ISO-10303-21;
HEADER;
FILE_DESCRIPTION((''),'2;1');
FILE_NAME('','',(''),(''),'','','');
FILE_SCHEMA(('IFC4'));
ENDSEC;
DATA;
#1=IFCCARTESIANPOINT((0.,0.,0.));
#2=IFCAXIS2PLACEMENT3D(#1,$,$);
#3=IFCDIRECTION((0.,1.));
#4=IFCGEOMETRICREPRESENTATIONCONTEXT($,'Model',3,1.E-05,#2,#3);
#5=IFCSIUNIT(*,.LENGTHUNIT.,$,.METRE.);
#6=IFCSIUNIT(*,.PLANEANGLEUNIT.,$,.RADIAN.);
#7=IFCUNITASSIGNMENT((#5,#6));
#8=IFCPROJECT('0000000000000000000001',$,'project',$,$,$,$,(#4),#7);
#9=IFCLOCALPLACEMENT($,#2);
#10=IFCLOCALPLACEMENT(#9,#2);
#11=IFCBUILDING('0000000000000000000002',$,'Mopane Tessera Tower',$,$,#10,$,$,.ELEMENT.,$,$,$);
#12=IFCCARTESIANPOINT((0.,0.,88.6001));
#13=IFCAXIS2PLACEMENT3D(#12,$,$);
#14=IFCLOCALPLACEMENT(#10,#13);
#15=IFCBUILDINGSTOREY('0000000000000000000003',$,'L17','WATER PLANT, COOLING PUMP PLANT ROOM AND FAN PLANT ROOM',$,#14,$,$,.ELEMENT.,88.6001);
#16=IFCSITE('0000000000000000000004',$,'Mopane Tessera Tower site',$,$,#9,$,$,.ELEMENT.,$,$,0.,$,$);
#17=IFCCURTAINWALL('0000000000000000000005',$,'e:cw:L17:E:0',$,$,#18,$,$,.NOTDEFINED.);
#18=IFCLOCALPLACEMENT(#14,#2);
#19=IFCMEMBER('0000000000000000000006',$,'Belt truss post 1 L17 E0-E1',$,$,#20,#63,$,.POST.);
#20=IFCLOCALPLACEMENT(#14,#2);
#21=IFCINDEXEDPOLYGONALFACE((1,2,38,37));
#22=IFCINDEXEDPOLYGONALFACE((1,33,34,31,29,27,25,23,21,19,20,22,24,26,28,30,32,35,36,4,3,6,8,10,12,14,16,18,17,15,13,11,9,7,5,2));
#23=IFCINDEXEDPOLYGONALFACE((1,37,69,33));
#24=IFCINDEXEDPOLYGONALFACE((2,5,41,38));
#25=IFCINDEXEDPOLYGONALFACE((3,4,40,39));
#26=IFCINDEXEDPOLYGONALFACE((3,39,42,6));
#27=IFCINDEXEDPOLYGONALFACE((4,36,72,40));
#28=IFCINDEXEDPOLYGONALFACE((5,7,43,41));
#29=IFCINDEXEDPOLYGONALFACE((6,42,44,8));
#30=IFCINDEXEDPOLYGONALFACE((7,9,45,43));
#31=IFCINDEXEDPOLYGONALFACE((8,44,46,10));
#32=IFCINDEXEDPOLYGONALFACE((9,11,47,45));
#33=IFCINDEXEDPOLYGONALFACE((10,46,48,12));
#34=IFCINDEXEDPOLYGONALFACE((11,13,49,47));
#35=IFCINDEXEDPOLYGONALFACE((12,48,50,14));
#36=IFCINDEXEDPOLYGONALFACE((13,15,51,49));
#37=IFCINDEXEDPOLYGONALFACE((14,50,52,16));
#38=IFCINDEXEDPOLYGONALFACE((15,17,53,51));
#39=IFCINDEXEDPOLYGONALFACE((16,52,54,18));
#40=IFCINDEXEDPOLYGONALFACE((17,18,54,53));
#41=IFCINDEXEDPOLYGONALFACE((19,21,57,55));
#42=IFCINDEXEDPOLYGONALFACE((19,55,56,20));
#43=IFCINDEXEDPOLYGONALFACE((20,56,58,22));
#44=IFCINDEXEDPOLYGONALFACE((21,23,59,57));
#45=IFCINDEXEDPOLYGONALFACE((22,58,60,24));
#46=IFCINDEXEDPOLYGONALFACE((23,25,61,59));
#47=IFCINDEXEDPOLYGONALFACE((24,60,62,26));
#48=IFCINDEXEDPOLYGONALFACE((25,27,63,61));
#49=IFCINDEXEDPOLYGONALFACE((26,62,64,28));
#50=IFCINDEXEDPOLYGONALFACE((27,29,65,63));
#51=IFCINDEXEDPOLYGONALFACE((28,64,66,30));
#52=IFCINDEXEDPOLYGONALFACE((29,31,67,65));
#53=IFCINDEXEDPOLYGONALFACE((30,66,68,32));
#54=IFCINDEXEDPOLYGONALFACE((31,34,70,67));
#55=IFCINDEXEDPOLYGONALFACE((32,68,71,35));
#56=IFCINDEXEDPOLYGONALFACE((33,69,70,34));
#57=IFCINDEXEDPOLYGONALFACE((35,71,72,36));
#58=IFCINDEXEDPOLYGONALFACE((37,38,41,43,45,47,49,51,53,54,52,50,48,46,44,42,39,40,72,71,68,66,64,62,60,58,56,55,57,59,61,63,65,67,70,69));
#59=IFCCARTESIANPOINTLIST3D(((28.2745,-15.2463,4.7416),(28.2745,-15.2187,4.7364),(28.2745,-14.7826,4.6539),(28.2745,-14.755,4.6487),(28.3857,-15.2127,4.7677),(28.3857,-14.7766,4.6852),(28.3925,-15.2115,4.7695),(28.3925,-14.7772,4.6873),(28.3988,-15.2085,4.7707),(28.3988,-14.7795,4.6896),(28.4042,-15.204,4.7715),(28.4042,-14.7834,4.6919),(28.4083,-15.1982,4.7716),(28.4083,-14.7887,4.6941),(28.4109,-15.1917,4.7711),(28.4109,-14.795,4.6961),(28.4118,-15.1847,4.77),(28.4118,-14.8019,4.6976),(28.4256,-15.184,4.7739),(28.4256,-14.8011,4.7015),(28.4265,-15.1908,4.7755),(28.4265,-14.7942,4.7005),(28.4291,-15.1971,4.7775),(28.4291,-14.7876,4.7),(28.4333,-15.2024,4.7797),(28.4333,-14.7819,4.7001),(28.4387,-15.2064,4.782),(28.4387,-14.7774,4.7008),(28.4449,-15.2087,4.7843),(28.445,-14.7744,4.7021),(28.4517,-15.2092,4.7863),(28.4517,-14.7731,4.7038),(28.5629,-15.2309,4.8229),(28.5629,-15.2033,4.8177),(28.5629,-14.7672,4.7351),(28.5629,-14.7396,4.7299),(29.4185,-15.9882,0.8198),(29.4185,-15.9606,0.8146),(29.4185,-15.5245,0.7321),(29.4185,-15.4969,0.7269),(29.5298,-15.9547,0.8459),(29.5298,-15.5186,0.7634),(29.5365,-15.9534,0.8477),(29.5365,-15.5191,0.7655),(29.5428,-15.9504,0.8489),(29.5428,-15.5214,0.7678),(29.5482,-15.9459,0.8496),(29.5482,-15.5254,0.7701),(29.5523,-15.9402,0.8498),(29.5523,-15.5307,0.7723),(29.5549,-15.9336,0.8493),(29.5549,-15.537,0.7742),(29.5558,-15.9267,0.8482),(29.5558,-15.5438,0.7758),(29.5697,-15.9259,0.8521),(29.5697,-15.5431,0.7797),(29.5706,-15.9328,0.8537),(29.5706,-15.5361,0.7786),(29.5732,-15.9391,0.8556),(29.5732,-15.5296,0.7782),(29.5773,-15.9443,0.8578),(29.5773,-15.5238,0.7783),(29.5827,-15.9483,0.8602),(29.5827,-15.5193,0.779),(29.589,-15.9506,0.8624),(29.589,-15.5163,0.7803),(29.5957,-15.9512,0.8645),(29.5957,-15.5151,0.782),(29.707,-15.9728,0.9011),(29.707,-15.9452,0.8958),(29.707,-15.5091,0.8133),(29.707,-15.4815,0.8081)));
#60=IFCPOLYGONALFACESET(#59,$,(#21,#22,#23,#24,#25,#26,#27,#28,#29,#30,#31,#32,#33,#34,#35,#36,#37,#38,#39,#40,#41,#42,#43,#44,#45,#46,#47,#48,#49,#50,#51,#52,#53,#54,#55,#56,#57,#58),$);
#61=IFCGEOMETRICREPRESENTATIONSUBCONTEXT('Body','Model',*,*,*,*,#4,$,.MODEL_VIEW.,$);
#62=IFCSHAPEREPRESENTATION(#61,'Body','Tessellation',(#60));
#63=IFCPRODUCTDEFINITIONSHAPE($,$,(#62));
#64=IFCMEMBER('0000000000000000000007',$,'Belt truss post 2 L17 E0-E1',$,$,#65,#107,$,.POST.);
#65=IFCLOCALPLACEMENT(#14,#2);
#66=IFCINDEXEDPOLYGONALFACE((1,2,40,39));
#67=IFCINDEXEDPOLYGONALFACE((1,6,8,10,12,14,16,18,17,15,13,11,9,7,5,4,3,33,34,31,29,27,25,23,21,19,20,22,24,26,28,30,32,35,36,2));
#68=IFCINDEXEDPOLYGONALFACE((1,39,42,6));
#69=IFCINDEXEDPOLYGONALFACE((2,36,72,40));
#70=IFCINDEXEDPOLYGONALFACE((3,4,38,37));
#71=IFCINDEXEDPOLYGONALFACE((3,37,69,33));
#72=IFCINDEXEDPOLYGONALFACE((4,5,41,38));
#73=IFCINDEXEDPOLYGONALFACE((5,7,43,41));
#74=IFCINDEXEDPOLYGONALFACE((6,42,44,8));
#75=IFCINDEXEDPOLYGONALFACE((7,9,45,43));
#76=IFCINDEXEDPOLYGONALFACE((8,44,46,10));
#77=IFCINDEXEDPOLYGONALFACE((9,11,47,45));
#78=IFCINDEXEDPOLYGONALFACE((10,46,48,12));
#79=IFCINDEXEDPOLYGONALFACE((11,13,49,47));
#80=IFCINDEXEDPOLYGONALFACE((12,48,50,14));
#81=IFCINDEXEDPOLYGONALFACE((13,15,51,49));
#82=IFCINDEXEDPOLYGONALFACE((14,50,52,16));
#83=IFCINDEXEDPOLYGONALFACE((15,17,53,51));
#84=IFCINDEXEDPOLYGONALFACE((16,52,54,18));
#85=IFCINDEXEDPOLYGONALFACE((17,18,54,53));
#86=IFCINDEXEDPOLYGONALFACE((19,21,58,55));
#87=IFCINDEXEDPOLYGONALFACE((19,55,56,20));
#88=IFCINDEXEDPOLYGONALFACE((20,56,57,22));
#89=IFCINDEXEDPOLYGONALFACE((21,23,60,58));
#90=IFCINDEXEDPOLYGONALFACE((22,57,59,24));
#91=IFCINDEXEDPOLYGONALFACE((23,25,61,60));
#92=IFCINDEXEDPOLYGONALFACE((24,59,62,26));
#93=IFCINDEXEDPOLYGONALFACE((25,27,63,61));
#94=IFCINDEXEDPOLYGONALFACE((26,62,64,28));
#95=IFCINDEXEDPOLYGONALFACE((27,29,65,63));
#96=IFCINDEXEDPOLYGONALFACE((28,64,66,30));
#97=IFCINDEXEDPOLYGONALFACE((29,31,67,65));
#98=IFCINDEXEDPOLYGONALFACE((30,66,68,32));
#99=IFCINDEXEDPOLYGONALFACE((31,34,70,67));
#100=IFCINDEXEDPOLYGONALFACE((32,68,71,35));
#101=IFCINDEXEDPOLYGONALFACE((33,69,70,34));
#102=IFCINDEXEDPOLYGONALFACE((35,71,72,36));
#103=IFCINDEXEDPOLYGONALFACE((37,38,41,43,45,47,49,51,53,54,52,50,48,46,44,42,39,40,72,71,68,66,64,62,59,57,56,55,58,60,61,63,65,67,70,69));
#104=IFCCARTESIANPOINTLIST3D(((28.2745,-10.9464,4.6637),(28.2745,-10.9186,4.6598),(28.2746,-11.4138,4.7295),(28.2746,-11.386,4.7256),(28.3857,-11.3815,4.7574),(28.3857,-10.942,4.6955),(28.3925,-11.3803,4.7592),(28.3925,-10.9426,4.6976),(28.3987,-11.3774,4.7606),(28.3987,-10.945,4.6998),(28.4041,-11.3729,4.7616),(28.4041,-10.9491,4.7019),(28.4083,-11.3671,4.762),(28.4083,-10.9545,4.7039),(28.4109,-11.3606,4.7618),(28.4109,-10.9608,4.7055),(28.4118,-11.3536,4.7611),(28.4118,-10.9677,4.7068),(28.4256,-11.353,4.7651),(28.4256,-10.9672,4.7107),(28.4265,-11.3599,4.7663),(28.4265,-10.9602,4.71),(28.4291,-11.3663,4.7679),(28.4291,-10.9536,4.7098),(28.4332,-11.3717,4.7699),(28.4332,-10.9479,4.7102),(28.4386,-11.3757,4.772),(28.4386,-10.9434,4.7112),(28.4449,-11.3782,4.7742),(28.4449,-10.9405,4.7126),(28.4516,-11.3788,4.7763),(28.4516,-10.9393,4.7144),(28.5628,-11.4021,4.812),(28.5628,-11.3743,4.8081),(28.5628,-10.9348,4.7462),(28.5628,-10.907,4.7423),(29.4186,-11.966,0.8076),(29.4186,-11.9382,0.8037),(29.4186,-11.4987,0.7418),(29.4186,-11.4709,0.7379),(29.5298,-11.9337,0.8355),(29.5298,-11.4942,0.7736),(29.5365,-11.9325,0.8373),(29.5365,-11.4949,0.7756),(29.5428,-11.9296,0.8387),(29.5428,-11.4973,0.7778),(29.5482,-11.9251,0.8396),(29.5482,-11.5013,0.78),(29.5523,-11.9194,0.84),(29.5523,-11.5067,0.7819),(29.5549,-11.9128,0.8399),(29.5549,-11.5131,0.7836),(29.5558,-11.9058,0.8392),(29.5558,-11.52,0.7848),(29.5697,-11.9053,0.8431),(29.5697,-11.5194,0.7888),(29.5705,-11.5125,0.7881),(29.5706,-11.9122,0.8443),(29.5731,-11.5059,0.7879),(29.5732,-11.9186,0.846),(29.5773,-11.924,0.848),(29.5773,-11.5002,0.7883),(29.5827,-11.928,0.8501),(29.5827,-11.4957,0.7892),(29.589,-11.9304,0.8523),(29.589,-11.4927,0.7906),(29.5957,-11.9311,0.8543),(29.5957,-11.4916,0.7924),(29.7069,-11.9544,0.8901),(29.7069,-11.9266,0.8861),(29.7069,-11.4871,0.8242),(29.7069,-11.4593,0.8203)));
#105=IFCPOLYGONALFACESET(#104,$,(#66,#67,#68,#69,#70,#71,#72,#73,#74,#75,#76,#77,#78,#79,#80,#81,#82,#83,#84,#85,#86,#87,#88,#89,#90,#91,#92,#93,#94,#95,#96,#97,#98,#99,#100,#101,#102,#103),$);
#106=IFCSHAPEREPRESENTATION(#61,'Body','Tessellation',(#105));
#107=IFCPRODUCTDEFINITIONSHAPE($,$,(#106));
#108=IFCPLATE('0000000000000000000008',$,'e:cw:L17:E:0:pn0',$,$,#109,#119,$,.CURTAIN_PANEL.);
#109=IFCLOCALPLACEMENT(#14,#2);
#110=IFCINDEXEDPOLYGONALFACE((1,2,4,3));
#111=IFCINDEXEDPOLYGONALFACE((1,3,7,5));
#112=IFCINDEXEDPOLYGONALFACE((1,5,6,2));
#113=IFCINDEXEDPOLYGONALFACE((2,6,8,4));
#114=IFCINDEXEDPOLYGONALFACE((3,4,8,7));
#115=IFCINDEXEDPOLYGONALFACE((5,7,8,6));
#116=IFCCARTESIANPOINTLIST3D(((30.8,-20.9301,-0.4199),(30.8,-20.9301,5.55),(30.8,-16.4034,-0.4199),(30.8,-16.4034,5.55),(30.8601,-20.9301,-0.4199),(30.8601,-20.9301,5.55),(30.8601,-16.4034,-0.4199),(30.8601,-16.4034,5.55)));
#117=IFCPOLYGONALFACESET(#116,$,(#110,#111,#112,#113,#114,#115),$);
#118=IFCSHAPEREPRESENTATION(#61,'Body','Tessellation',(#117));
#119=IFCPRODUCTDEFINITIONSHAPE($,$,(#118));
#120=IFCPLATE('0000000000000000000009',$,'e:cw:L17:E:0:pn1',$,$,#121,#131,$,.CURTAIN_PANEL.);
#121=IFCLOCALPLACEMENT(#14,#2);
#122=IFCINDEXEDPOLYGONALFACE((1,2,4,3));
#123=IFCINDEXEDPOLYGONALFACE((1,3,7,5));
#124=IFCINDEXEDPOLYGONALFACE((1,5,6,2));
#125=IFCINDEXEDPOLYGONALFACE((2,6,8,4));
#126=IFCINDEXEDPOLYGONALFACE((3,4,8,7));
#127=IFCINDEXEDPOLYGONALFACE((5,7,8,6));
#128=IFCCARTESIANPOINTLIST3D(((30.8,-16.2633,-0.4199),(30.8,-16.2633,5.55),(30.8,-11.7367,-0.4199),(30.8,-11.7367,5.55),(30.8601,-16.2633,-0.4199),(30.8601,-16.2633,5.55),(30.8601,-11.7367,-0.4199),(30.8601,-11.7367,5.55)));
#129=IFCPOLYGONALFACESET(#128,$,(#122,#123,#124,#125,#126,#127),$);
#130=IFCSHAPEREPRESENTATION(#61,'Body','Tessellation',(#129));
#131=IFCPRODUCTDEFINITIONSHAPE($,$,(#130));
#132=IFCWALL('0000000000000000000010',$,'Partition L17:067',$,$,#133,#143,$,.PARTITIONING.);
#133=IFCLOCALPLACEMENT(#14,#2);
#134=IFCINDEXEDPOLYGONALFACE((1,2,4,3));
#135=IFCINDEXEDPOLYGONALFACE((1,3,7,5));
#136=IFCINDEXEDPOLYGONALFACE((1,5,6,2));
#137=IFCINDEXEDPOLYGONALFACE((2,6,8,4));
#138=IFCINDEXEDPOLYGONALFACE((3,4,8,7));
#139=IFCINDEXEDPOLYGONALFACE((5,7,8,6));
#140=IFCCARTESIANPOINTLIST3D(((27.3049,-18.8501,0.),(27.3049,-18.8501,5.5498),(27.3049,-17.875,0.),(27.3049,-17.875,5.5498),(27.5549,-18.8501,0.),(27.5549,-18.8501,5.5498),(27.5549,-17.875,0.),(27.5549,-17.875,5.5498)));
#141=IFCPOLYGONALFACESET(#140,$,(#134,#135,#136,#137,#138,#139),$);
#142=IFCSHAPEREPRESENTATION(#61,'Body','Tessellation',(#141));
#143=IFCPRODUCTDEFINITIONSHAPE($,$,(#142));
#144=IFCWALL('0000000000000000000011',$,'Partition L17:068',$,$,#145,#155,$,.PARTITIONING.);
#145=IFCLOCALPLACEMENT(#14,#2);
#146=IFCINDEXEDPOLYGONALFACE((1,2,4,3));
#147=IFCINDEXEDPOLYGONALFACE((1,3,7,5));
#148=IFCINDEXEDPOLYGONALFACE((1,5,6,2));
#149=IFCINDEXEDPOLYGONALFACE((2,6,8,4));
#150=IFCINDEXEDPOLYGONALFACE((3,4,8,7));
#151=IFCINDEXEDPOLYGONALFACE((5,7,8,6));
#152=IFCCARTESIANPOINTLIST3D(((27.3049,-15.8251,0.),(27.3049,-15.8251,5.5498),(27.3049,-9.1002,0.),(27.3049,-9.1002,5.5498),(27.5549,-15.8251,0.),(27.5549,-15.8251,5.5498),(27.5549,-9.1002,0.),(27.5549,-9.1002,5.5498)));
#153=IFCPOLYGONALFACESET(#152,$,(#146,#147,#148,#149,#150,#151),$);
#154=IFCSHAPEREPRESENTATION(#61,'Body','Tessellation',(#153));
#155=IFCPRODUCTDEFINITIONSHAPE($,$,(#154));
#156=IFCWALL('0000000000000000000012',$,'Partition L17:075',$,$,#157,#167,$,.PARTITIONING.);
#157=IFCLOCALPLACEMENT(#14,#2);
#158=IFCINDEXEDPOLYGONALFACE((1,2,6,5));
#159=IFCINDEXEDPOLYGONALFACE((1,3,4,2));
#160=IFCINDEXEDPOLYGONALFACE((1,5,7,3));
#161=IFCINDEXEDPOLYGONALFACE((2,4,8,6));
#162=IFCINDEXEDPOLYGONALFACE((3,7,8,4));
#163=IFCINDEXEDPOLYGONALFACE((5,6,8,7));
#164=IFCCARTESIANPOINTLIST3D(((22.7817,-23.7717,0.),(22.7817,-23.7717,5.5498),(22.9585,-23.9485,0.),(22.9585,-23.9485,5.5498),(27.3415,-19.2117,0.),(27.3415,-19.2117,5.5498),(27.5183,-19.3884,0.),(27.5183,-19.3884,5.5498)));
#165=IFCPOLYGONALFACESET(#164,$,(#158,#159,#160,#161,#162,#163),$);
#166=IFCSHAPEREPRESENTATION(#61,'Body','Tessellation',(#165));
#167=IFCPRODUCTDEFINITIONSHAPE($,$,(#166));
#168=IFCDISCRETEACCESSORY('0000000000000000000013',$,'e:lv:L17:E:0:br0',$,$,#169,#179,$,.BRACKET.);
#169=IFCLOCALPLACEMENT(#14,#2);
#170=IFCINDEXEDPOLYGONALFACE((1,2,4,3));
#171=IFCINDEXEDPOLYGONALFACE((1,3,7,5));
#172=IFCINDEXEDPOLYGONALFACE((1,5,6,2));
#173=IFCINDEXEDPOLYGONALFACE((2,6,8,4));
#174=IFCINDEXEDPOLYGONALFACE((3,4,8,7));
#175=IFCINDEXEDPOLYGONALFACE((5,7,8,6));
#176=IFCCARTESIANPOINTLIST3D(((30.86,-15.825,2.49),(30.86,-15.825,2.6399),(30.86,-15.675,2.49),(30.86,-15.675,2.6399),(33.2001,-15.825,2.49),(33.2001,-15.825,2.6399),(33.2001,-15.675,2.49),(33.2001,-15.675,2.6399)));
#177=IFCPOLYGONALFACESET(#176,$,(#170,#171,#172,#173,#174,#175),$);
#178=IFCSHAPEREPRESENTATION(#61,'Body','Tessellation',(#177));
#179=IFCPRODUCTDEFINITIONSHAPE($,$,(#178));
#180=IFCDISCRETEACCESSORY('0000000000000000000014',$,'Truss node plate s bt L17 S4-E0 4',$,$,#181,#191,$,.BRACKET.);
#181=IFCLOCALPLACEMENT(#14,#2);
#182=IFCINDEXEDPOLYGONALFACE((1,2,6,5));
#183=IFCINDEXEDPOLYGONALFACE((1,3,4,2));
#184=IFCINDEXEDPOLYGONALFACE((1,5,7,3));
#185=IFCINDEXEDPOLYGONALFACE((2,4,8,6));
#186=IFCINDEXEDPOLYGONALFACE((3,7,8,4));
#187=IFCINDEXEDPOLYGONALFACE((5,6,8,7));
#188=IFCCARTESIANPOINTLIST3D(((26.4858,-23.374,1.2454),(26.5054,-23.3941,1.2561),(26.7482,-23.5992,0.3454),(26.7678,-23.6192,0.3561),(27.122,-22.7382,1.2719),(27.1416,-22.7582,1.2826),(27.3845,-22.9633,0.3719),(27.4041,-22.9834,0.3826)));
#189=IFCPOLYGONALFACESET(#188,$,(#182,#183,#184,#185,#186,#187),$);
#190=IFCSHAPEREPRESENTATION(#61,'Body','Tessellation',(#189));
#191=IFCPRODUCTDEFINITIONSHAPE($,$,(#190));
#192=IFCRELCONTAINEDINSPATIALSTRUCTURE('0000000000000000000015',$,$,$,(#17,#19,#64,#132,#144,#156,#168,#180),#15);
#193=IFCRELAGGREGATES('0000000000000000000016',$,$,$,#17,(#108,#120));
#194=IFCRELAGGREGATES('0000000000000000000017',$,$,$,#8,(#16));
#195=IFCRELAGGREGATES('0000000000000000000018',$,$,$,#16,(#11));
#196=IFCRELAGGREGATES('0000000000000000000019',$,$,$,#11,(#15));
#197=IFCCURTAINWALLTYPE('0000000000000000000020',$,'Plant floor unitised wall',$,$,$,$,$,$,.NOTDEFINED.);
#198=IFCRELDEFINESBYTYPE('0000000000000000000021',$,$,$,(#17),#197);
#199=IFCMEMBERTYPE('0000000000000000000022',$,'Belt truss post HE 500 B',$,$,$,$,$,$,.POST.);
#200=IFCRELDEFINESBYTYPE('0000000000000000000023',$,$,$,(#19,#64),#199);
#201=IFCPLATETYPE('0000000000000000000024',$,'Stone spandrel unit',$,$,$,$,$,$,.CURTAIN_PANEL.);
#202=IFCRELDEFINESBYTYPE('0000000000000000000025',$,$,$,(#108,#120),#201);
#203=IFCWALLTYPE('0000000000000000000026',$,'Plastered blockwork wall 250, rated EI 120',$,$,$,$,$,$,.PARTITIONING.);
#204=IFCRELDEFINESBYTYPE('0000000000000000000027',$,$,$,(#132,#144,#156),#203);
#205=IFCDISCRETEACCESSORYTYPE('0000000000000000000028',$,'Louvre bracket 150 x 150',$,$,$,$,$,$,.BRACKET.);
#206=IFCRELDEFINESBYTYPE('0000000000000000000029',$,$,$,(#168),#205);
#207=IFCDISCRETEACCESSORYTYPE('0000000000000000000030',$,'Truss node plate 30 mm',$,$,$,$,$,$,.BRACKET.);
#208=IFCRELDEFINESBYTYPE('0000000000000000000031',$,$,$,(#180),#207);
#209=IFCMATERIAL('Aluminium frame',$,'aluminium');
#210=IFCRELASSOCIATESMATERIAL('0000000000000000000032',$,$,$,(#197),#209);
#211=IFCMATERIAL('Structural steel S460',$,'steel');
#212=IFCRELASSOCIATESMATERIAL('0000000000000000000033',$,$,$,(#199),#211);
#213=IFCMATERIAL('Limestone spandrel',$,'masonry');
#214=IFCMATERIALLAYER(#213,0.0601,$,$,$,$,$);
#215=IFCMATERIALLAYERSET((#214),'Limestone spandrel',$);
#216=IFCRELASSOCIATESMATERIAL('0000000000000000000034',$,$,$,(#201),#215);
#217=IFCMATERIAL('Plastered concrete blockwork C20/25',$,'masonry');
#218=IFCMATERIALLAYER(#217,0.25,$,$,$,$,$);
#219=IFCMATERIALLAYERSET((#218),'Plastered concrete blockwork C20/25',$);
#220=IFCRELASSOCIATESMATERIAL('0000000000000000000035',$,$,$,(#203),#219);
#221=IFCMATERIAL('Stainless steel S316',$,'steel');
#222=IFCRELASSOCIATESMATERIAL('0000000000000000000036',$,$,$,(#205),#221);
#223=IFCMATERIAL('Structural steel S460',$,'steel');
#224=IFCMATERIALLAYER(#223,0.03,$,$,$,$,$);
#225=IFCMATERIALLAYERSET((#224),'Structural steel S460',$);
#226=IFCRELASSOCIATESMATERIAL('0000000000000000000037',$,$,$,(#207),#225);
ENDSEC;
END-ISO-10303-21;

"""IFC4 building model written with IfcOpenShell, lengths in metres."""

from ifc_helpers import new_model, si_unit, direction, frame, frame_2d, origin, origin_2d, place, context, subcontext, project, spatial, rectangle, i_section, extrude, material, layer, layer_set, material_profile, profile_set, type_object, element, aggregate, save


model = new_model("IFC4")

# Units and contexts
model_context = context("Model", 3, precision=1e-05, world=origin(), true_north=direction((0.0, 1.0)))
body_context = subcontext(model_context, "Body", "Model", "MODEL_VIEW")
ifc_project = project(units=[si_unit("LENGTHUNIT", "METRE"), si_unit("PLANEANGLEUNIT", "RADIAN")], contexts=[model_context])

# Site, building, storey
site_placement = place(None, origin())
site = spatial("IfcSite", under=ifc_project, at=site_placement, Name="Mopane Tessera Tower site", CompositionType="ELEMENT", RefElevation=0.0)
building_placement = place(site_placement, origin())
building = spatial("IfcBuilding", under=site, at=building_placement, Name="Mopane Tessera Tower", CompositionType="ELEMENT")
storey_placement = place(building_placement, frame((0.0, 0.0, 88.6001)))
storey = spatial("IfcBuildingStorey", under=building, at=storey_placement, Name="L17", Description="WATER PLANT, COOLING PUMP PLANT ROOM AND FAN PLANT ROOM", CompositionType="ELEMENT", Elevation=88.6001)

# Curtain wall
ifc_material_1 = material(Name="Aluminium frame", Category="aluminium")
curtain_wall_type = type_object("IfcCurtainWallType", Name="Plant floor unitised wall", PredefinedType="NOTDEFINED", material=ifc_material_1)
curtain_wall_placement = place(storey_placement, origin())
curtain_wall = element("IfcCurtainWall", 1, at=curtain_wall_placement, inside=storey, type_object=curtain_wall_type, Name="e:cw:L17:E:0", PredefinedType="NOTDEFINED")

# Members
ifc_material_2 = material(Name="Structural steel S460", Category="steel")
ifc_material_profile_1 = material_profile(ifc_material_2, i_section(OverallWidth=0.3, OverallDepth=0.5, WebThickness=0.0144, FlangeThickness=0.0281, FilletRadius=0.0271, at=origin_2d()))
ifc_profile_set_1 = profile_set([ifc_material_profile_1], Name="Structural steel S460")
member_type_1 = type_object("IfcMemberType", Name="Belt truss post HE 500 B", PredefinedType="POST", material=ifc_profile_set_1)
member_1_placement = place(storey_placement, frame((29.5627, -15.7349, 0.814), z_axis=(-0.27553, 0.178689, 0.944539), x_axis=(-0.961293, -0.051207, -0.270729)))
element("IfcMember", 2, at=member_1_placement, inside=storey, type_object=member_type_1, Name="Belt truss post 1 L17 E0-E1", PredefinedType="POST", context=body_context, shape_type="SweptSolid", body=[
    extrude(i_section(OverallWidth=0.3, OverallDepth=0.5, WebThickness=0.0144, FlangeThickness=0.0281, FilletRadius=0.0271, at=origin_2d()), origin(), (0.0, 0.0, 1.0), 4.1521),
])
member_2_placement = place(storey_placement, frame((29.5627, -11.7126, 0.814), z_axis=(-0.277513, 0.133959, 0.951337), x_axis=(-0.960722, -0.038716, -0.274799)))
element("IfcMember", 3, at=member_2_placement, inside=storey, type_object=member_type_1, Name="Belt truss post 2 L17 E0-E1", PredefinedType="POST", context=body_context, shape_type="SweptSolid", body=[
    extrude(i_section(OverallWidth=0.3, OverallDepth=0.5, WebThickness=0.0144, FlangeThickness=0.0281, FilletRadius=0.0271, at=origin_2d()), origin(), (0.0, 0.0, 1.0), 4.1226),
])

# Plates
ifc_material_3 = material(Name="Limestone spandrel", Category="masonry")
ifc_layer_1 = layer(ifc_material_3, 0.0601)
ifc_layer_set_1 = layer_set([ifc_layer_1], Name="Limestone spandrel")
plate_type = type_object("IfcPlateType", Name="Stone spandrel unit", PredefinedType="CURTAIN_PANEL", material=ifc_layer_set_1)
plate_1_placement = place(storey_placement, frame((30.8301, -18.6667, -0.4199), z_axis=(0.0, 0.0, 1.0), x_axis=(0.0, 1.0, 0.0)))
plate_1 = element("IfcPlate", 4, at=plate_1_placement, type_object=plate_type, Name="e:cw:L17:E:0:pn0", PredefinedType="CURTAIN_PANEL", context=body_context, shape_type="SweptSolid", body=[
    extrude(rectangle(XDim=4.5266, YDim=0.0601, at=origin_2d()), origin(), (0.0, 0.0, 1.0), 5.97),
])
plate_2_placement = place(storey_placement, frame((30.8301, -14.0, -0.4199), z_axis=(0.0, 0.0, 1.0), x_axis=(0.0, 1.0, 0.0)))
plate_2 = element("IfcPlate", 5, at=plate_2_placement, type_object=plate_type, Name="e:cw:L17:E:0:pn1", PredefinedType="CURTAIN_PANEL", context=body_context, shape_type="SweptSolid", body=[
    extrude(rectangle(XDim=4.5266, YDim=0.0601, at=origin_2d()), origin(), (0.0, 0.0, 1.0), 5.97),
])
aggregate(curtain_wall, [plate_1, plate_2])

# Walls
ifc_material_4 = material(Name="Plastered concrete blockwork C20/25", Category="masonry")
ifc_layer_2 = layer(ifc_material_4, 0.25)
ifc_layer_set_2 = layer_set([ifc_layer_2], Name="Plastered concrete blockwork C20/25")
wall_type = type_object("IfcWallType", Name="Plastered blockwork wall 250, rated EI 120", PredefinedType="PARTITIONING", material=ifc_layer_set_2)
wall_1_placement = place(storey_placement, frame((27.4299, -18.8501, 0.0), z_axis=(0.0, 0.0, 1.0), x_axis=(0.0, 1.0, 0.0)))
element("IfcWall", 6, at=wall_1_placement, inside=storey, type_object=wall_type, Name="Partition L17:067", PredefinedType="PARTITIONING", context=body_context, shape_type="SweptSolid", body=[
    extrude(rectangle(XDim=0.9751, YDim=0.25, at=frame_2d((0.4875, 0.0))), origin(), (0.0, 0.0, 1.0), 5.5498),
])
wall_2_placement = place(storey_placement, frame((27.4299, -15.825, 0.0), z_axis=(0.0, 0.0, 1.0), x_axis=(0.0, 1.0, 0.0)))
element("IfcWall", 7, at=wall_2_placement, inside=storey, type_object=wall_type, Name="Partition L17:068", PredefinedType="PARTITIONING", context=body_context, shape_type="SweptSolid", body=[
    extrude(rectangle(XDim=6.7249, YDim=0.25, at=frame_2d((3.3623, 0.0))), origin(), (0.0, 0.0, 1.0), 5.5498),
])
wall_3_placement = place(storey_placement, frame((27.4299, -19.3, 0.0), z_axis=(0.0, 0.0, 1.0), x_axis=(-0.707088, -0.707126, 0.0)))
element("IfcWall", 8, at=wall_3_placement, inside=storey, type_object=wall_type, Name="Partition L17:075", PredefinedType="PARTITIONING", context=body_context, shape_type="SweptSolid", body=[
    extrude(rectangle(XDim=6.4487, YDim=0.25, at=frame_2d((3.2244, 0.0))), origin(), (0.0, 0.0, 1.0), 5.5498),
])

# Discrete accessories
ifc_material_5 = material(Name="Stainless steel S316", Category="steel")
discrete_accessory_type_1 = type_object("IfcDiscreteAccessoryType", Name="Louvre bracket 150 x 150", PredefinedType="BRACKET", material=ifc_material_5)
discrete_accessory_1_placement = place(storey_placement, frame((32.03, -15.75, 2.49), z_axis=(0.0, 0.0, 1.0), x_axis=(1.0, 0.0, 0.0)))
element("IfcDiscreteAccessory", 9, at=discrete_accessory_1_placement, inside=storey, type_object=discrete_accessory_type_1, Name="e:lv:L17:E:0:br0", PredefinedType="BRACKET", context=body_context, shape_type="SweptSolid", body=[
    extrude(rectangle(XDim=2.3401, YDim=0.1499, at=origin_2d()), origin(), (0.0, 0.0, 1.0), 0.1499),
])
ifc_material_6 = material(Name="Structural steel S460", Category="steel")
ifc_layer_3 = layer(ifc_material_6, 0.03)
ifc_layer_set_3 = layer_set([ifc_layer_3], Name="Structural steel S460")
discrete_accessory_type_2 = type_object("IfcDiscreteAccessoryType", Name="Truss node plate 30 mm", PredefinedType="BRACKET", material=ifc_layer_set_3)
discrete_accessory_2_placement = place(storey_placement, frame((27.0762, -23.2913, 0.364), z_axis=(-0.272241, 0.233494, 0.93347), x_axis=(-0.652698, 0.667996, -0.357445)))
element("IfcDiscreteAccessory", 10, at=discrete_accessory_2_placement, inside=storey, type_object=discrete_accessory_type_2, Name="Truss node plate s bt L17 S4-E0 4", PredefinedType="BRACKET", context=body_context, shape_type="SweptSolid", body=[
    extrude(rectangle(XDim=0.03, YDim=0.8999, at=origin_2d()), origin(), (0.0, 0.0, 1.0), 0.9641),
])

save(model, "model.ifc")
